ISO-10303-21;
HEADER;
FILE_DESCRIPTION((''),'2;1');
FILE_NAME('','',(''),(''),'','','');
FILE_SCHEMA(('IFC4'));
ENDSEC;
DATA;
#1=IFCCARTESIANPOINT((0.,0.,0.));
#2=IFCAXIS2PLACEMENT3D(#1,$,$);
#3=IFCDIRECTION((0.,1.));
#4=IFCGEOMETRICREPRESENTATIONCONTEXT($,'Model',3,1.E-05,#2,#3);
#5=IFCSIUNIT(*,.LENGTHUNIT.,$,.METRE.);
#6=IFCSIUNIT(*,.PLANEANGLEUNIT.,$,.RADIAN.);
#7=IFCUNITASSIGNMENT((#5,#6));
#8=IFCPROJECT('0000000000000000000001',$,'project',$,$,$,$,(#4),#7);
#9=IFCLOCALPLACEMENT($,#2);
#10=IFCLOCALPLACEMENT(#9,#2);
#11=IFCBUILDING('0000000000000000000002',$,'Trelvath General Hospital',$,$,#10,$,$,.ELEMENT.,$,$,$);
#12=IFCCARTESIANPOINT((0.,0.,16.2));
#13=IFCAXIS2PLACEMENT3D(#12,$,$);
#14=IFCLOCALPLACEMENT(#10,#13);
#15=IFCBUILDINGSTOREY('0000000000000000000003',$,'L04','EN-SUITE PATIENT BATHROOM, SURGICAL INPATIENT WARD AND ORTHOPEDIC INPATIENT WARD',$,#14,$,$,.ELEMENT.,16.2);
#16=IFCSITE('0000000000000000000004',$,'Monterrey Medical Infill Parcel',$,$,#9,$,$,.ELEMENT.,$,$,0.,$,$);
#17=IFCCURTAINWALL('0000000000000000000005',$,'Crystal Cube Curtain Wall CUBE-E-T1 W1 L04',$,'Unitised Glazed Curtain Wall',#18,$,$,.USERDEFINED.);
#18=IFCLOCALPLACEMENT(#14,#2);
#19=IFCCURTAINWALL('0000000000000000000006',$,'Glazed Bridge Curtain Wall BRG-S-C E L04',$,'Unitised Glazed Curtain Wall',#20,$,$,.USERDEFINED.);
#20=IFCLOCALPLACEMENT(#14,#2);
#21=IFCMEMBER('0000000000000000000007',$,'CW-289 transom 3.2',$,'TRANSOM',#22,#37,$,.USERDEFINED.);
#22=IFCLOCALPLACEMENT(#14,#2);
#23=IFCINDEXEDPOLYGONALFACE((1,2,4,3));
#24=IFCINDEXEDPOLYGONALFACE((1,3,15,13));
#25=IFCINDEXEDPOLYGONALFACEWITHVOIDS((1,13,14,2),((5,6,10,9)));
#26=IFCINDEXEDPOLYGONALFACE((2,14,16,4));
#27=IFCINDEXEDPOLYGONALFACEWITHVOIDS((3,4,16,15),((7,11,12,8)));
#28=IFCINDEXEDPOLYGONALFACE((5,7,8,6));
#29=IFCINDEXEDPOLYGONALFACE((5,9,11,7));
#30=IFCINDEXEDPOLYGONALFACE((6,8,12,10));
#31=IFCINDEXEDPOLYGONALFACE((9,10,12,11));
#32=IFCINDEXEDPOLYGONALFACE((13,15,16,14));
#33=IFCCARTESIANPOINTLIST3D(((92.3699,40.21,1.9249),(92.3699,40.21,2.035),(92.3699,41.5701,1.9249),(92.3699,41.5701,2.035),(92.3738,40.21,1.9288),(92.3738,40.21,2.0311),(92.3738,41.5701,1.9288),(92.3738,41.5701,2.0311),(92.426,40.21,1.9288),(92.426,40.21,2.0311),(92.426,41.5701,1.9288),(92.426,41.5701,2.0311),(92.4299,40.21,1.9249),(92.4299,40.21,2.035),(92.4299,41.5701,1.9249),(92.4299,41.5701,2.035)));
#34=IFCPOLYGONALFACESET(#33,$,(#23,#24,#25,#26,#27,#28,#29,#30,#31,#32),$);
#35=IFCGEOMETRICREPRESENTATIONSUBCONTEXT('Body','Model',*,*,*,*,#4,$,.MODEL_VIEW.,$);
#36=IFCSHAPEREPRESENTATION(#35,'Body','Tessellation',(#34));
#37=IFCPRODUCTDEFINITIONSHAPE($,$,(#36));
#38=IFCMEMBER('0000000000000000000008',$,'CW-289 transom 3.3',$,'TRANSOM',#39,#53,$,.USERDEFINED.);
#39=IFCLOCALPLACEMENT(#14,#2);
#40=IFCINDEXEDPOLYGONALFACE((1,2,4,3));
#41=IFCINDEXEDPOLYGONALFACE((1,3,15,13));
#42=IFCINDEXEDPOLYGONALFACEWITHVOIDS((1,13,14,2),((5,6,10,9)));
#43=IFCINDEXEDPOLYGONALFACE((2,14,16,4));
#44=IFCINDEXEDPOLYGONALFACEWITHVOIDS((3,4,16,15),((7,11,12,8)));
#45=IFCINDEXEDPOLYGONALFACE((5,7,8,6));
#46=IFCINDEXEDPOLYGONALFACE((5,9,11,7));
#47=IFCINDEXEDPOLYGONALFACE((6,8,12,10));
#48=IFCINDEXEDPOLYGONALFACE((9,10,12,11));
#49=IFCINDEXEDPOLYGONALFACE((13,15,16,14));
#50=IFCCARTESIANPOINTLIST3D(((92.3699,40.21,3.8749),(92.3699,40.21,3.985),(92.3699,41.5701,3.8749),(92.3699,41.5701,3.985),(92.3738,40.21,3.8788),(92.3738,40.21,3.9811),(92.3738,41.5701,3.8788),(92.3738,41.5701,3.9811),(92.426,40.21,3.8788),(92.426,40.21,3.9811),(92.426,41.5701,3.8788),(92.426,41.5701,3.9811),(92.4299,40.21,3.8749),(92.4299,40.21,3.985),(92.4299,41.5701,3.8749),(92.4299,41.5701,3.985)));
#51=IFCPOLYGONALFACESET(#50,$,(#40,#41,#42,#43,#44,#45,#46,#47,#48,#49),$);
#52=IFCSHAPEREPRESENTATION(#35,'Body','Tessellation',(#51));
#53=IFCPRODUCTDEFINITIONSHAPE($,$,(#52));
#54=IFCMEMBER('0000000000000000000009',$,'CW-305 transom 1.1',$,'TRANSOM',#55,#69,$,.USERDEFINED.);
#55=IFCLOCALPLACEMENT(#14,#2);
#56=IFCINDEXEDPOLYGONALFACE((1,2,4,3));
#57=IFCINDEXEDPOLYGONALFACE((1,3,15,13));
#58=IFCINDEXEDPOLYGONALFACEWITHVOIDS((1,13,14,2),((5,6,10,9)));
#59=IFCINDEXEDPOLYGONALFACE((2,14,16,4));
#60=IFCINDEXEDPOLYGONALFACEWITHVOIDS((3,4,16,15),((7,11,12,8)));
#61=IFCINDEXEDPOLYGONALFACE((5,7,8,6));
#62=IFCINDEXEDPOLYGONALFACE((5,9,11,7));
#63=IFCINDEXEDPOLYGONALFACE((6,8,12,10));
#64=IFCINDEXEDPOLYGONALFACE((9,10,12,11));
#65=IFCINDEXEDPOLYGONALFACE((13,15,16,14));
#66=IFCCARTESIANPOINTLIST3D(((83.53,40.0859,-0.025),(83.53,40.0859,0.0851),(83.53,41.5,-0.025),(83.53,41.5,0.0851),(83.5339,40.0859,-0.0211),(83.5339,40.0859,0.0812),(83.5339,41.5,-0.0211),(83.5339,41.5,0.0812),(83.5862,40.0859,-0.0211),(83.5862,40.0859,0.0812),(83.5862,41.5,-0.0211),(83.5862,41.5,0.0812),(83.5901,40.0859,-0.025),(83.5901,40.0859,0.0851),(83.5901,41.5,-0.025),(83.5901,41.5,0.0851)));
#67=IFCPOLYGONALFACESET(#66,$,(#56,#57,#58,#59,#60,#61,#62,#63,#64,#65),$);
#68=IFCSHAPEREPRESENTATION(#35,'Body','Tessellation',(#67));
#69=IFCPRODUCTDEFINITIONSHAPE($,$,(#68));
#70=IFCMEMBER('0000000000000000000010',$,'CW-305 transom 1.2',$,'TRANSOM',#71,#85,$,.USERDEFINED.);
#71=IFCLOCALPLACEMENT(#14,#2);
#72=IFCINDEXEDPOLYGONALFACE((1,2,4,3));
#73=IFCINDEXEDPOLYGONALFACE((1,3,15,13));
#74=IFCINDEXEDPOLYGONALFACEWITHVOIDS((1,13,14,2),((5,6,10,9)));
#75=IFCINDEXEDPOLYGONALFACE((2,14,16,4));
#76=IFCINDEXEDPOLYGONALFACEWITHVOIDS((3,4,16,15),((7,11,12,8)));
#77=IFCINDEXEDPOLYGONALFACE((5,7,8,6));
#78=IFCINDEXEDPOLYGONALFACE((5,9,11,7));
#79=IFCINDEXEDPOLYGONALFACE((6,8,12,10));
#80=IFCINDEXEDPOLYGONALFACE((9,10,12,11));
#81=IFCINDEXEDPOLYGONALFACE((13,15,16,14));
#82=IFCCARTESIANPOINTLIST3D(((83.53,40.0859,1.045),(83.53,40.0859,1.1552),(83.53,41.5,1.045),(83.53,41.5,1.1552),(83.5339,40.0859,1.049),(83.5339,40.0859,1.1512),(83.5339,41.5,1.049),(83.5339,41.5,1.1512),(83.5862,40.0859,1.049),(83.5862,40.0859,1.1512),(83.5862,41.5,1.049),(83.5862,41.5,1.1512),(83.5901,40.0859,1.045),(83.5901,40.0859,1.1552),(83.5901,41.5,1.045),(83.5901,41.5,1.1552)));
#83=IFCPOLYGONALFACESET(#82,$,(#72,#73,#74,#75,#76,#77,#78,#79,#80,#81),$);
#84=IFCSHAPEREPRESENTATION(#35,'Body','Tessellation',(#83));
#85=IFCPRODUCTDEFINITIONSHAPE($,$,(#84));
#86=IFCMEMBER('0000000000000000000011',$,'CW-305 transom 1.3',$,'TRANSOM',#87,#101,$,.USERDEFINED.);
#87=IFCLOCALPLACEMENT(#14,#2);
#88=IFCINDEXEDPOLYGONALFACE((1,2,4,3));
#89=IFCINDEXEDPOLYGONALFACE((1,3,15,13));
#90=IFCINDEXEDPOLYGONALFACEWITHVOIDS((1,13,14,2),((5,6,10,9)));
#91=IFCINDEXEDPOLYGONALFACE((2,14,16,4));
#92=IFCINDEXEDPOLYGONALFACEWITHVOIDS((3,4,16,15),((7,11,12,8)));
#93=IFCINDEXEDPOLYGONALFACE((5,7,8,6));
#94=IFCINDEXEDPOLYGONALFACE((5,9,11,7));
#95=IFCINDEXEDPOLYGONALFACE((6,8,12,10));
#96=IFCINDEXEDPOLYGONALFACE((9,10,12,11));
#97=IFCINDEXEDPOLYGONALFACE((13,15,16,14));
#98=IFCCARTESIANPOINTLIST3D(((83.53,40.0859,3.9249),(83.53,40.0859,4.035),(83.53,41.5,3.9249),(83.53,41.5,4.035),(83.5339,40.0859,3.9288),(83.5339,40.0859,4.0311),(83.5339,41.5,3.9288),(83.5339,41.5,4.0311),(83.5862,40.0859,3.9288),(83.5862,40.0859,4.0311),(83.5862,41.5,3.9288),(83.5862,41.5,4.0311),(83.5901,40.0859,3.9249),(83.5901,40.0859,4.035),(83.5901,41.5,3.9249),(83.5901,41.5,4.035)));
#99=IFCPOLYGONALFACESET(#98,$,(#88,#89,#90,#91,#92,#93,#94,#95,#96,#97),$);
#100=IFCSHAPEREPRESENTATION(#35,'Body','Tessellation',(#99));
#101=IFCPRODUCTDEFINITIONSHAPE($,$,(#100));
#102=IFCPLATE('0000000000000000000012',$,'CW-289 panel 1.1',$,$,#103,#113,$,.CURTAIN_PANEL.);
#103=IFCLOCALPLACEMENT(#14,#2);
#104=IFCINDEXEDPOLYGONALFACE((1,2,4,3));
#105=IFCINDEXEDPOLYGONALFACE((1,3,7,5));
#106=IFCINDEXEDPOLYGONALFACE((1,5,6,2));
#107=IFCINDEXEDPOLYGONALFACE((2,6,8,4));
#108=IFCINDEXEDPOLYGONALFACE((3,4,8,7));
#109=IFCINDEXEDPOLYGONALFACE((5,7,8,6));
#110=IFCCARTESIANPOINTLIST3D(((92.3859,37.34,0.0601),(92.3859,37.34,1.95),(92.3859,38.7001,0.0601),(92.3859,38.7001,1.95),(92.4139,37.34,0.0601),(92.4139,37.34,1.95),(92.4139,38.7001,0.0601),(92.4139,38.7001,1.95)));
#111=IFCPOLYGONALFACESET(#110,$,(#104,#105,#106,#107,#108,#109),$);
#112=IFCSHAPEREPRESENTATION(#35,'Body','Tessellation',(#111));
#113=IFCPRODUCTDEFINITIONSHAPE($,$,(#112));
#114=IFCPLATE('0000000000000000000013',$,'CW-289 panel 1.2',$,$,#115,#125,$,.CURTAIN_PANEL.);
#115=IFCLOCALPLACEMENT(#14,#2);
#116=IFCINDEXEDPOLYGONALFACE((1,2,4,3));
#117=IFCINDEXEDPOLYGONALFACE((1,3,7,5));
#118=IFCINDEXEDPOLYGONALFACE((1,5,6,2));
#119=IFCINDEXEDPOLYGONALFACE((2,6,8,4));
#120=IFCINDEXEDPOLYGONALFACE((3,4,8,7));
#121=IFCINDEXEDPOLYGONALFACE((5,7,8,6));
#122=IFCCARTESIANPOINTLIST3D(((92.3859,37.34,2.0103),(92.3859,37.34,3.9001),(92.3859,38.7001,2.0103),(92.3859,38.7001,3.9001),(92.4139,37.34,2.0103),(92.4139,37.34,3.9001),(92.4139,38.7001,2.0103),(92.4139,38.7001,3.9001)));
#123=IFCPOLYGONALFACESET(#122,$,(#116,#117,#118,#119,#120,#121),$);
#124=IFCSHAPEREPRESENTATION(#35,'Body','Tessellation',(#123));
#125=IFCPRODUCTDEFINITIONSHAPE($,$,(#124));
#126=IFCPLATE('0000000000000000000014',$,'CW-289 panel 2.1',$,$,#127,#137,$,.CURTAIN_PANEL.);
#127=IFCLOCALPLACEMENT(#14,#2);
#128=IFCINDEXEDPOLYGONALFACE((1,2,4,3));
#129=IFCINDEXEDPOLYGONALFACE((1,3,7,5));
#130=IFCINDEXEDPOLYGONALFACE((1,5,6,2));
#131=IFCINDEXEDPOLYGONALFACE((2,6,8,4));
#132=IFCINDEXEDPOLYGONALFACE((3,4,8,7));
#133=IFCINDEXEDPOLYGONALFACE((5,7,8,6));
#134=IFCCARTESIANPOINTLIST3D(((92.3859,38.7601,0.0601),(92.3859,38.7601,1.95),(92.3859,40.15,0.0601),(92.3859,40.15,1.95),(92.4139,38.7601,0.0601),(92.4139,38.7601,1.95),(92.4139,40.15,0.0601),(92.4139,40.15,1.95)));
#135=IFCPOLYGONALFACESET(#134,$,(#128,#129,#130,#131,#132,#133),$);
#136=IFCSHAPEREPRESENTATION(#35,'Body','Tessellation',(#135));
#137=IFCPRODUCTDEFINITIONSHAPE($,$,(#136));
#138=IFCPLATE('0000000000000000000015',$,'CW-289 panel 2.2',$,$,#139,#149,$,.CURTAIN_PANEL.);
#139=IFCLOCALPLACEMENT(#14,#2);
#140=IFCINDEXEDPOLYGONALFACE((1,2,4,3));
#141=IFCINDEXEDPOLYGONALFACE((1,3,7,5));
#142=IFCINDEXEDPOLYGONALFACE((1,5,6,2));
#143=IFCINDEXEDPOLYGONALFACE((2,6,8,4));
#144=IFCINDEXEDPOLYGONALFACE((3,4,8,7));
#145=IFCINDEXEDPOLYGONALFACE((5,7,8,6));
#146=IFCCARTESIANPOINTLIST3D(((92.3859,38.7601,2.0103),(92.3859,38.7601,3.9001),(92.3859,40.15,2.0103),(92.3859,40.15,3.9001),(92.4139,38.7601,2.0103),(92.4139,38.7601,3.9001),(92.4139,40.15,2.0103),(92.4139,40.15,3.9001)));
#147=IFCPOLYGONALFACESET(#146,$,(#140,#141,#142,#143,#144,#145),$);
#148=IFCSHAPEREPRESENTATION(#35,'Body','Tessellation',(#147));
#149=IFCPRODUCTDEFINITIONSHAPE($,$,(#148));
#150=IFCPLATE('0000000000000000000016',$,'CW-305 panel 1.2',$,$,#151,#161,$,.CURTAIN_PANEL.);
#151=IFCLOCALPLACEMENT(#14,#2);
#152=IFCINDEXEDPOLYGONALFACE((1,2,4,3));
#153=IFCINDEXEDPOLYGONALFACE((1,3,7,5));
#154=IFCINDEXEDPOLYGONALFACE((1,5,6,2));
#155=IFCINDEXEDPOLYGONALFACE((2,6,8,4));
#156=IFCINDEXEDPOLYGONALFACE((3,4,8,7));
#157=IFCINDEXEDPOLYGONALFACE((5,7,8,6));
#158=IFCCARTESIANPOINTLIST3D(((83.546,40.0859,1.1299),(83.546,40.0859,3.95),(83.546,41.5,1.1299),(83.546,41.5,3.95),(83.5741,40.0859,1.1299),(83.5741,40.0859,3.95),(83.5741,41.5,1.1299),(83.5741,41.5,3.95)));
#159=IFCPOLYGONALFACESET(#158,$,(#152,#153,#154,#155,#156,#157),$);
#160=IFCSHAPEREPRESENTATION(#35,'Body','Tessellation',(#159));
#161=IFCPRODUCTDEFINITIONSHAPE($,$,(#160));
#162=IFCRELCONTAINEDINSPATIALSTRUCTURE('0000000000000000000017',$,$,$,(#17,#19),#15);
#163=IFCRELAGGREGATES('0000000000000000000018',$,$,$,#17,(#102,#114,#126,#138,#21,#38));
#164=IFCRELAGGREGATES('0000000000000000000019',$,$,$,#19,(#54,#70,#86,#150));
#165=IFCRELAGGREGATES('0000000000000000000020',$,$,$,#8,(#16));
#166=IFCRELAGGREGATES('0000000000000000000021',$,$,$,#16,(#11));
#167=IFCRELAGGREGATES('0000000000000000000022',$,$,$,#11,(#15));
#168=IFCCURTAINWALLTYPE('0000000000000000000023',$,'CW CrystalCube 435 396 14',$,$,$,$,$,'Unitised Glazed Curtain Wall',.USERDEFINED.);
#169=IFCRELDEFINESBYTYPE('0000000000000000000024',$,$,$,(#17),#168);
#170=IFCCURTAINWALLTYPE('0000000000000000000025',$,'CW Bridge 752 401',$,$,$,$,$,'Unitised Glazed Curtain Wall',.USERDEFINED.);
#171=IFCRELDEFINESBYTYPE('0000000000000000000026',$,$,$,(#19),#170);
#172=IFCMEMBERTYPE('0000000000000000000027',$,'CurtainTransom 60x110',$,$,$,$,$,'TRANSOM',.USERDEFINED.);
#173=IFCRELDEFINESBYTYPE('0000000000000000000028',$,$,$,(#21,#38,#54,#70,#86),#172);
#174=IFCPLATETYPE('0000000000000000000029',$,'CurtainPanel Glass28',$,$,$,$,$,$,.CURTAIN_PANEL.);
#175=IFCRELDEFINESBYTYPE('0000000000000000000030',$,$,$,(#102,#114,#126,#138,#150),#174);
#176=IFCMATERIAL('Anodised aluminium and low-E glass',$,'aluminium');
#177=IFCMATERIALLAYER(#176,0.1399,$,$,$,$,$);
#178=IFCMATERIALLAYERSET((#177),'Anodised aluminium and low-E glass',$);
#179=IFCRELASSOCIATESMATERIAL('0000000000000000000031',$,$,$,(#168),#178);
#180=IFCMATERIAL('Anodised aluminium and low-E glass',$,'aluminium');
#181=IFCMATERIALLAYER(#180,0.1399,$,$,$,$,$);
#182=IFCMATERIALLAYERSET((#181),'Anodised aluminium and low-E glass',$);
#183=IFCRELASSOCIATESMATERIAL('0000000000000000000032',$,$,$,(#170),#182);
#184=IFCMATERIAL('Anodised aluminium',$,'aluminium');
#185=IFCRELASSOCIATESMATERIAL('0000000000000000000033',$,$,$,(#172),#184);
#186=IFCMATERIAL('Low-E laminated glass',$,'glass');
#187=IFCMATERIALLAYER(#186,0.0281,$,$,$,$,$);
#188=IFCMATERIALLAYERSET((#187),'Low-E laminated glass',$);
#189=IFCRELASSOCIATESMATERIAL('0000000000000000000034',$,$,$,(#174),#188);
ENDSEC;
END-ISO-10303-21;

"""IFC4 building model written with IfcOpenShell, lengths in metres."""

from ifc_helpers import new_model, si_unit, direction, frame, origin, origin_2d, place, context, subcontext, project, spatial, rectangle, hollow_rectangle, extrude, material, layer, layer_set, material_profile, profile_set, type_object, element, aggregate, save


model = new_model("IFC4")

# Units and contexts
model_context = context("Model", 3, precision=1e-05, world=origin(), true_north=direction((0.0, 1.0)))
body_context = subcontext(model_context, "Body", "Model", "MODEL_VIEW")
ifc_project = project(units=[si_unit("LENGTHUNIT", "METRE"), si_unit("PLANEANGLEUNIT", "RADIAN")], contexts=[model_context])

# Site, building, storey
site_placement = place(None, origin())
site = spatial("IfcSite", under=ifc_project, at=site_placement, Name="Monterrey Medical Infill Parcel", CompositionType="ELEMENT", RefElevation=0.0)
building_placement = place(site_placement, origin())
building = spatial("IfcBuilding", under=site, at=building_placement, Name="Trelvath General Hospital", CompositionType="ELEMENT")
storey_placement = place(building_placement, frame((0.0, 0.0, 16.2)))
storey = spatial("IfcBuildingStorey", under=building, at=storey_placement, Name="L04", Description="EN-SUITE PATIENT BATHROOM, SURGICAL INPATIENT WARD AND ORTHOPEDIC INPATIENT WARD", CompositionType="ELEMENT", Elevation=16.2)

# Curtain wall
ifc_material_1 = material(Name="Anodised aluminium and low-E glass", Category="aluminium")
ifc_layer_1 = layer(ifc_material_1, 0.1399)
ifc_layer_set_1 = layer_set([ifc_layer_1], Name="Anodised aluminium and low-E glass")
curtain_wall_type_1 = type_object("IfcCurtainWallType", Name="CW CrystalCube 435 396 14", ElementType="Unitised Glazed Curtain Wall", PredefinedType="USERDEFINED", material=ifc_layer_set_1)
curtain_wall_1_placement = place(storey_placement, origin())
curtain_wall_1 = element("IfcCurtainWall", 1, at=curtain_wall_1_placement, inside=storey, type_object=curtain_wall_type_1, Name="Crystal Cube Curtain Wall CUBE-E-T1 W1 L04", ObjectType="Unitised Glazed Curtain Wall", PredefinedType="USERDEFINED")

# Curtain wall
ifc_material_2 = material(Name="Anodised aluminium and low-E glass", Category="aluminium")
ifc_layer_2 = layer(ifc_material_2, 0.1399)
ifc_layer_set_2 = layer_set([ifc_layer_2], Name="Anodised aluminium and low-E glass")
curtain_wall_type_2 = type_object("IfcCurtainWallType", Name="CW Bridge 752 401", ElementType="Unitised Glazed Curtain Wall", PredefinedType="USERDEFINED", material=ifc_layer_set_2)
curtain_wall_2_placement = place(storey_placement, origin())
curtain_wall_2 = element("IfcCurtainWall", 2, at=curtain_wall_2_placement, inside=storey, type_object=curtain_wall_type_2, Name="Glazed Bridge Curtain Wall BRG-S-C E L04", ObjectType="Unitised Glazed Curtain Wall", PredefinedType="USERDEFINED")

# Members
ifc_material_3 = material(Name="Anodised aluminium", Category="aluminium")
ifc_material_profile_1 = material_profile(ifc_material_3, hollow_rectangle(XDim=0.0601, YDim=0.1101, WallThickness=0.0039, at=origin_2d()), Name="RHS60x110x4")
ifc_profile_set_1 = profile_set([ifc_material_profile_1], Name="Anodised aluminium")
member_type_1 = type_object("IfcMemberType", Name="CurtainTransom 60x110", ElementType="TRANSOM", PredefinedType="USERDEFINED", material=ifc_profile_set_1)
member_1_placement = place(storey_placement, frame((92.3999, 40.21, 1.98), z_axis=(0.0, 1.0, 0.0), x_axis=(-1.0, 0.0, 0.0)))
member_1 = element("IfcMember", 3, at=member_1_placement, type_object=member_type_1, Name="CW-289 transom 3.2", ObjectType="TRANSOM", PredefinedType="USERDEFINED", context=body_context, shape_type="SweptSolid", body=[
    extrude(hollow_rectangle(XDim=0.0601, YDim=0.1101, WallThickness=0.0039, at=origin_2d()), origin(), (0.0, 0.0, 1.0), 1.3601),
])
member_2_placement = place(storey_placement, frame((92.3999, 40.21, 3.9299), z_axis=(0.0, 1.0, 0.0), x_axis=(-1.0, 0.0, 0.0)))
member_2 = element("IfcMember", 4, at=member_2_placement, type_object=member_type_1, Name="CW-289 transom 3.3", ObjectType="TRANSOM", PredefinedType="USERDEFINED", context=body_context, shape_type="SweptSolid", body=[
    extrude(hollow_rectangle(XDim=0.0601, YDim=0.1101, WallThickness=0.0039, at=origin_2d()), origin(), (0.0, 0.0, 1.0), 1.3601),
])
member_3_placement = place(storey_placement, frame((83.5601, 41.5, 0.03), z_axis=(0.0, -1.0, 0.0), x_axis=(1.0, 0.0, 0.0)))
member_3 = element("IfcMember", 5, at=member_3_placement, type_object=member_type_1, Name="CW-305 transom 1.1", ObjectType="TRANSOM", PredefinedType="USERDEFINED", context=body_context, shape_type="SweptSolid", body=[
    extrude(hollow_rectangle(XDim=0.0601, YDim=0.1101, WallThickness=0.0039, at=origin_2d()), origin(), (0.0, 0.0, 1.0), 1.4141),
])
member_4_placement = place(storey_placement, frame((83.5601, 41.5, 1.1001), z_axis=(0.0, -1.0, 0.0), x_axis=(1.0, 0.0, 0.0)))
member_4 = element("IfcMember", 6, at=member_4_placement, type_object=member_type_1, Name="CW-305 transom 1.2", ObjectType="TRANSOM", PredefinedType="USERDEFINED", context=body_context, shape_type="SweptSolid", body=[
    extrude(hollow_rectangle(XDim=0.0601, YDim=0.1101, WallThickness=0.0039, at=origin_2d()), origin(), (0.0, 0.0, 1.0), 1.4141),
])
member_5_placement = place(storey_placement, frame((83.5601, 41.5, 3.98), z_axis=(0.0, -1.0, 0.0), x_axis=(1.0, 0.0, 0.0)))
member_5 = element("IfcMember", 7, at=member_5_placement, type_object=member_type_1, Name="CW-305 transom 1.3", ObjectType="TRANSOM", PredefinedType="USERDEFINED", context=body_context, shape_type="SweptSolid", body=[
    extrude(hollow_rectangle(XDim=0.0601, YDim=0.1101, WallThickness=0.0039, at=origin_2d()), origin(), (0.0, 0.0, 1.0), 1.4141),
])

# Plates
ifc_material_4 = material(Name="Low-E laminated glass", Category="glass")
ifc_layer_3 = layer(ifc_material_4, 0.0281)
ifc_layer_set_3 = layer_set([ifc_layer_3], Name="Low-E laminated glass")
plate_type = type_object("IfcPlateType", Name="CurtainPanel Glass28", PredefinedType="CURTAIN_PANEL", material=ifc_layer_set_3)
plate_1_placement = place(storey_placement, frame((92.3999, 38.02, 0.0601), z_axis=(0.0, 0.0, 1.0), x_axis=(0.0, 1.0, 0.0)))
plate_1 = element("IfcPlate", 8, at=plate_1_placement, type_object=plate_type, Name="CW-289 panel 1.1", PredefinedType="CURTAIN_PANEL", context=body_context, shape_type="SweptSolid", body=[
    extrude(rectangle(XDim=1.3601, YDim=0.0281, at=origin_2d()), origin(), (0.0, 0.0, 1.0), 1.8899),
])
plate_2_placement = place(storey_placement, frame((92.3999, 38.02, 2.0103), z_axis=(0.0, 0.0, 1.0), x_axis=(0.0, 1.0, 0.0)))
plate_2 = element("IfcPlate", 9, at=plate_2_placement, type_object=plate_type, Name="CW-289 panel 1.2", PredefinedType="CURTAIN_PANEL", context=body_context, shape_type="SweptSolid", body=[
    extrude(rectangle(XDim=1.3601, YDim=0.0281, at=origin_2d()), origin(), (0.0, 0.0, 1.0), 1.8899),
])
plate_3_placement = place(storey_placement, frame((92.3999, 39.4551, 0.0601), z_axis=(0.0, 0.0, 1.0), x_axis=(0.0, 1.0, 0.0)))
plate_3 = element("IfcPlate", 10, at=plate_3_placement, type_object=plate_type, Name="CW-289 panel 2.1", PredefinedType="CURTAIN_PANEL", context=body_context, shape_type="SweptSolid", body=[
    extrude(rectangle(XDim=1.3899, YDim=0.0281, at=origin_2d()), origin(), (0.0, 0.0, 1.0), 1.8899),
])
plate_4_placement = place(storey_placement, frame((92.3999, 39.4551, 2.0103), z_axis=(0.0, 0.0, 1.0), x_axis=(0.0, 1.0, 0.0)))
plate_4 = element("IfcPlate", 11, at=plate_4_placement, type_object=plate_type, Name="CW-289 panel 2.2", PredefinedType="CURTAIN_PANEL", context=body_context, shape_type="SweptSolid", body=[
    extrude(rectangle(XDim=1.3899, YDim=0.0281, at=origin_2d()), origin(), (0.0, 0.0, 1.0), 1.8899),
])
aggregate(curtain_wall_1, [plate_1, plate_2, plate_3, plate_4, member_1, member_2])
plate_5_placement = place(storey_placement, frame((83.5601, 40.793, 1.1299), z_axis=(0.0, 0.0, 1.0), x_axis=(0.0, -1.0, 0.0)))
plate_5 = element("IfcPlate", 12, at=plate_5_placement, type_object=plate_type, Name="CW-305 panel 1.2", PredefinedType="CURTAIN_PANEL", context=body_context, shape_type="SweptSolid", body=[
    extrude(rectangle(XDim=1.4141, YDim=0.0281, at=origin_2d()), origin(), (0.0, 0.0, 1.0), 2.8201),
])
aggregate(curtain_wall_2, [member_3, member_4, member_5, plate_5])

save(model, "model.ifc")
